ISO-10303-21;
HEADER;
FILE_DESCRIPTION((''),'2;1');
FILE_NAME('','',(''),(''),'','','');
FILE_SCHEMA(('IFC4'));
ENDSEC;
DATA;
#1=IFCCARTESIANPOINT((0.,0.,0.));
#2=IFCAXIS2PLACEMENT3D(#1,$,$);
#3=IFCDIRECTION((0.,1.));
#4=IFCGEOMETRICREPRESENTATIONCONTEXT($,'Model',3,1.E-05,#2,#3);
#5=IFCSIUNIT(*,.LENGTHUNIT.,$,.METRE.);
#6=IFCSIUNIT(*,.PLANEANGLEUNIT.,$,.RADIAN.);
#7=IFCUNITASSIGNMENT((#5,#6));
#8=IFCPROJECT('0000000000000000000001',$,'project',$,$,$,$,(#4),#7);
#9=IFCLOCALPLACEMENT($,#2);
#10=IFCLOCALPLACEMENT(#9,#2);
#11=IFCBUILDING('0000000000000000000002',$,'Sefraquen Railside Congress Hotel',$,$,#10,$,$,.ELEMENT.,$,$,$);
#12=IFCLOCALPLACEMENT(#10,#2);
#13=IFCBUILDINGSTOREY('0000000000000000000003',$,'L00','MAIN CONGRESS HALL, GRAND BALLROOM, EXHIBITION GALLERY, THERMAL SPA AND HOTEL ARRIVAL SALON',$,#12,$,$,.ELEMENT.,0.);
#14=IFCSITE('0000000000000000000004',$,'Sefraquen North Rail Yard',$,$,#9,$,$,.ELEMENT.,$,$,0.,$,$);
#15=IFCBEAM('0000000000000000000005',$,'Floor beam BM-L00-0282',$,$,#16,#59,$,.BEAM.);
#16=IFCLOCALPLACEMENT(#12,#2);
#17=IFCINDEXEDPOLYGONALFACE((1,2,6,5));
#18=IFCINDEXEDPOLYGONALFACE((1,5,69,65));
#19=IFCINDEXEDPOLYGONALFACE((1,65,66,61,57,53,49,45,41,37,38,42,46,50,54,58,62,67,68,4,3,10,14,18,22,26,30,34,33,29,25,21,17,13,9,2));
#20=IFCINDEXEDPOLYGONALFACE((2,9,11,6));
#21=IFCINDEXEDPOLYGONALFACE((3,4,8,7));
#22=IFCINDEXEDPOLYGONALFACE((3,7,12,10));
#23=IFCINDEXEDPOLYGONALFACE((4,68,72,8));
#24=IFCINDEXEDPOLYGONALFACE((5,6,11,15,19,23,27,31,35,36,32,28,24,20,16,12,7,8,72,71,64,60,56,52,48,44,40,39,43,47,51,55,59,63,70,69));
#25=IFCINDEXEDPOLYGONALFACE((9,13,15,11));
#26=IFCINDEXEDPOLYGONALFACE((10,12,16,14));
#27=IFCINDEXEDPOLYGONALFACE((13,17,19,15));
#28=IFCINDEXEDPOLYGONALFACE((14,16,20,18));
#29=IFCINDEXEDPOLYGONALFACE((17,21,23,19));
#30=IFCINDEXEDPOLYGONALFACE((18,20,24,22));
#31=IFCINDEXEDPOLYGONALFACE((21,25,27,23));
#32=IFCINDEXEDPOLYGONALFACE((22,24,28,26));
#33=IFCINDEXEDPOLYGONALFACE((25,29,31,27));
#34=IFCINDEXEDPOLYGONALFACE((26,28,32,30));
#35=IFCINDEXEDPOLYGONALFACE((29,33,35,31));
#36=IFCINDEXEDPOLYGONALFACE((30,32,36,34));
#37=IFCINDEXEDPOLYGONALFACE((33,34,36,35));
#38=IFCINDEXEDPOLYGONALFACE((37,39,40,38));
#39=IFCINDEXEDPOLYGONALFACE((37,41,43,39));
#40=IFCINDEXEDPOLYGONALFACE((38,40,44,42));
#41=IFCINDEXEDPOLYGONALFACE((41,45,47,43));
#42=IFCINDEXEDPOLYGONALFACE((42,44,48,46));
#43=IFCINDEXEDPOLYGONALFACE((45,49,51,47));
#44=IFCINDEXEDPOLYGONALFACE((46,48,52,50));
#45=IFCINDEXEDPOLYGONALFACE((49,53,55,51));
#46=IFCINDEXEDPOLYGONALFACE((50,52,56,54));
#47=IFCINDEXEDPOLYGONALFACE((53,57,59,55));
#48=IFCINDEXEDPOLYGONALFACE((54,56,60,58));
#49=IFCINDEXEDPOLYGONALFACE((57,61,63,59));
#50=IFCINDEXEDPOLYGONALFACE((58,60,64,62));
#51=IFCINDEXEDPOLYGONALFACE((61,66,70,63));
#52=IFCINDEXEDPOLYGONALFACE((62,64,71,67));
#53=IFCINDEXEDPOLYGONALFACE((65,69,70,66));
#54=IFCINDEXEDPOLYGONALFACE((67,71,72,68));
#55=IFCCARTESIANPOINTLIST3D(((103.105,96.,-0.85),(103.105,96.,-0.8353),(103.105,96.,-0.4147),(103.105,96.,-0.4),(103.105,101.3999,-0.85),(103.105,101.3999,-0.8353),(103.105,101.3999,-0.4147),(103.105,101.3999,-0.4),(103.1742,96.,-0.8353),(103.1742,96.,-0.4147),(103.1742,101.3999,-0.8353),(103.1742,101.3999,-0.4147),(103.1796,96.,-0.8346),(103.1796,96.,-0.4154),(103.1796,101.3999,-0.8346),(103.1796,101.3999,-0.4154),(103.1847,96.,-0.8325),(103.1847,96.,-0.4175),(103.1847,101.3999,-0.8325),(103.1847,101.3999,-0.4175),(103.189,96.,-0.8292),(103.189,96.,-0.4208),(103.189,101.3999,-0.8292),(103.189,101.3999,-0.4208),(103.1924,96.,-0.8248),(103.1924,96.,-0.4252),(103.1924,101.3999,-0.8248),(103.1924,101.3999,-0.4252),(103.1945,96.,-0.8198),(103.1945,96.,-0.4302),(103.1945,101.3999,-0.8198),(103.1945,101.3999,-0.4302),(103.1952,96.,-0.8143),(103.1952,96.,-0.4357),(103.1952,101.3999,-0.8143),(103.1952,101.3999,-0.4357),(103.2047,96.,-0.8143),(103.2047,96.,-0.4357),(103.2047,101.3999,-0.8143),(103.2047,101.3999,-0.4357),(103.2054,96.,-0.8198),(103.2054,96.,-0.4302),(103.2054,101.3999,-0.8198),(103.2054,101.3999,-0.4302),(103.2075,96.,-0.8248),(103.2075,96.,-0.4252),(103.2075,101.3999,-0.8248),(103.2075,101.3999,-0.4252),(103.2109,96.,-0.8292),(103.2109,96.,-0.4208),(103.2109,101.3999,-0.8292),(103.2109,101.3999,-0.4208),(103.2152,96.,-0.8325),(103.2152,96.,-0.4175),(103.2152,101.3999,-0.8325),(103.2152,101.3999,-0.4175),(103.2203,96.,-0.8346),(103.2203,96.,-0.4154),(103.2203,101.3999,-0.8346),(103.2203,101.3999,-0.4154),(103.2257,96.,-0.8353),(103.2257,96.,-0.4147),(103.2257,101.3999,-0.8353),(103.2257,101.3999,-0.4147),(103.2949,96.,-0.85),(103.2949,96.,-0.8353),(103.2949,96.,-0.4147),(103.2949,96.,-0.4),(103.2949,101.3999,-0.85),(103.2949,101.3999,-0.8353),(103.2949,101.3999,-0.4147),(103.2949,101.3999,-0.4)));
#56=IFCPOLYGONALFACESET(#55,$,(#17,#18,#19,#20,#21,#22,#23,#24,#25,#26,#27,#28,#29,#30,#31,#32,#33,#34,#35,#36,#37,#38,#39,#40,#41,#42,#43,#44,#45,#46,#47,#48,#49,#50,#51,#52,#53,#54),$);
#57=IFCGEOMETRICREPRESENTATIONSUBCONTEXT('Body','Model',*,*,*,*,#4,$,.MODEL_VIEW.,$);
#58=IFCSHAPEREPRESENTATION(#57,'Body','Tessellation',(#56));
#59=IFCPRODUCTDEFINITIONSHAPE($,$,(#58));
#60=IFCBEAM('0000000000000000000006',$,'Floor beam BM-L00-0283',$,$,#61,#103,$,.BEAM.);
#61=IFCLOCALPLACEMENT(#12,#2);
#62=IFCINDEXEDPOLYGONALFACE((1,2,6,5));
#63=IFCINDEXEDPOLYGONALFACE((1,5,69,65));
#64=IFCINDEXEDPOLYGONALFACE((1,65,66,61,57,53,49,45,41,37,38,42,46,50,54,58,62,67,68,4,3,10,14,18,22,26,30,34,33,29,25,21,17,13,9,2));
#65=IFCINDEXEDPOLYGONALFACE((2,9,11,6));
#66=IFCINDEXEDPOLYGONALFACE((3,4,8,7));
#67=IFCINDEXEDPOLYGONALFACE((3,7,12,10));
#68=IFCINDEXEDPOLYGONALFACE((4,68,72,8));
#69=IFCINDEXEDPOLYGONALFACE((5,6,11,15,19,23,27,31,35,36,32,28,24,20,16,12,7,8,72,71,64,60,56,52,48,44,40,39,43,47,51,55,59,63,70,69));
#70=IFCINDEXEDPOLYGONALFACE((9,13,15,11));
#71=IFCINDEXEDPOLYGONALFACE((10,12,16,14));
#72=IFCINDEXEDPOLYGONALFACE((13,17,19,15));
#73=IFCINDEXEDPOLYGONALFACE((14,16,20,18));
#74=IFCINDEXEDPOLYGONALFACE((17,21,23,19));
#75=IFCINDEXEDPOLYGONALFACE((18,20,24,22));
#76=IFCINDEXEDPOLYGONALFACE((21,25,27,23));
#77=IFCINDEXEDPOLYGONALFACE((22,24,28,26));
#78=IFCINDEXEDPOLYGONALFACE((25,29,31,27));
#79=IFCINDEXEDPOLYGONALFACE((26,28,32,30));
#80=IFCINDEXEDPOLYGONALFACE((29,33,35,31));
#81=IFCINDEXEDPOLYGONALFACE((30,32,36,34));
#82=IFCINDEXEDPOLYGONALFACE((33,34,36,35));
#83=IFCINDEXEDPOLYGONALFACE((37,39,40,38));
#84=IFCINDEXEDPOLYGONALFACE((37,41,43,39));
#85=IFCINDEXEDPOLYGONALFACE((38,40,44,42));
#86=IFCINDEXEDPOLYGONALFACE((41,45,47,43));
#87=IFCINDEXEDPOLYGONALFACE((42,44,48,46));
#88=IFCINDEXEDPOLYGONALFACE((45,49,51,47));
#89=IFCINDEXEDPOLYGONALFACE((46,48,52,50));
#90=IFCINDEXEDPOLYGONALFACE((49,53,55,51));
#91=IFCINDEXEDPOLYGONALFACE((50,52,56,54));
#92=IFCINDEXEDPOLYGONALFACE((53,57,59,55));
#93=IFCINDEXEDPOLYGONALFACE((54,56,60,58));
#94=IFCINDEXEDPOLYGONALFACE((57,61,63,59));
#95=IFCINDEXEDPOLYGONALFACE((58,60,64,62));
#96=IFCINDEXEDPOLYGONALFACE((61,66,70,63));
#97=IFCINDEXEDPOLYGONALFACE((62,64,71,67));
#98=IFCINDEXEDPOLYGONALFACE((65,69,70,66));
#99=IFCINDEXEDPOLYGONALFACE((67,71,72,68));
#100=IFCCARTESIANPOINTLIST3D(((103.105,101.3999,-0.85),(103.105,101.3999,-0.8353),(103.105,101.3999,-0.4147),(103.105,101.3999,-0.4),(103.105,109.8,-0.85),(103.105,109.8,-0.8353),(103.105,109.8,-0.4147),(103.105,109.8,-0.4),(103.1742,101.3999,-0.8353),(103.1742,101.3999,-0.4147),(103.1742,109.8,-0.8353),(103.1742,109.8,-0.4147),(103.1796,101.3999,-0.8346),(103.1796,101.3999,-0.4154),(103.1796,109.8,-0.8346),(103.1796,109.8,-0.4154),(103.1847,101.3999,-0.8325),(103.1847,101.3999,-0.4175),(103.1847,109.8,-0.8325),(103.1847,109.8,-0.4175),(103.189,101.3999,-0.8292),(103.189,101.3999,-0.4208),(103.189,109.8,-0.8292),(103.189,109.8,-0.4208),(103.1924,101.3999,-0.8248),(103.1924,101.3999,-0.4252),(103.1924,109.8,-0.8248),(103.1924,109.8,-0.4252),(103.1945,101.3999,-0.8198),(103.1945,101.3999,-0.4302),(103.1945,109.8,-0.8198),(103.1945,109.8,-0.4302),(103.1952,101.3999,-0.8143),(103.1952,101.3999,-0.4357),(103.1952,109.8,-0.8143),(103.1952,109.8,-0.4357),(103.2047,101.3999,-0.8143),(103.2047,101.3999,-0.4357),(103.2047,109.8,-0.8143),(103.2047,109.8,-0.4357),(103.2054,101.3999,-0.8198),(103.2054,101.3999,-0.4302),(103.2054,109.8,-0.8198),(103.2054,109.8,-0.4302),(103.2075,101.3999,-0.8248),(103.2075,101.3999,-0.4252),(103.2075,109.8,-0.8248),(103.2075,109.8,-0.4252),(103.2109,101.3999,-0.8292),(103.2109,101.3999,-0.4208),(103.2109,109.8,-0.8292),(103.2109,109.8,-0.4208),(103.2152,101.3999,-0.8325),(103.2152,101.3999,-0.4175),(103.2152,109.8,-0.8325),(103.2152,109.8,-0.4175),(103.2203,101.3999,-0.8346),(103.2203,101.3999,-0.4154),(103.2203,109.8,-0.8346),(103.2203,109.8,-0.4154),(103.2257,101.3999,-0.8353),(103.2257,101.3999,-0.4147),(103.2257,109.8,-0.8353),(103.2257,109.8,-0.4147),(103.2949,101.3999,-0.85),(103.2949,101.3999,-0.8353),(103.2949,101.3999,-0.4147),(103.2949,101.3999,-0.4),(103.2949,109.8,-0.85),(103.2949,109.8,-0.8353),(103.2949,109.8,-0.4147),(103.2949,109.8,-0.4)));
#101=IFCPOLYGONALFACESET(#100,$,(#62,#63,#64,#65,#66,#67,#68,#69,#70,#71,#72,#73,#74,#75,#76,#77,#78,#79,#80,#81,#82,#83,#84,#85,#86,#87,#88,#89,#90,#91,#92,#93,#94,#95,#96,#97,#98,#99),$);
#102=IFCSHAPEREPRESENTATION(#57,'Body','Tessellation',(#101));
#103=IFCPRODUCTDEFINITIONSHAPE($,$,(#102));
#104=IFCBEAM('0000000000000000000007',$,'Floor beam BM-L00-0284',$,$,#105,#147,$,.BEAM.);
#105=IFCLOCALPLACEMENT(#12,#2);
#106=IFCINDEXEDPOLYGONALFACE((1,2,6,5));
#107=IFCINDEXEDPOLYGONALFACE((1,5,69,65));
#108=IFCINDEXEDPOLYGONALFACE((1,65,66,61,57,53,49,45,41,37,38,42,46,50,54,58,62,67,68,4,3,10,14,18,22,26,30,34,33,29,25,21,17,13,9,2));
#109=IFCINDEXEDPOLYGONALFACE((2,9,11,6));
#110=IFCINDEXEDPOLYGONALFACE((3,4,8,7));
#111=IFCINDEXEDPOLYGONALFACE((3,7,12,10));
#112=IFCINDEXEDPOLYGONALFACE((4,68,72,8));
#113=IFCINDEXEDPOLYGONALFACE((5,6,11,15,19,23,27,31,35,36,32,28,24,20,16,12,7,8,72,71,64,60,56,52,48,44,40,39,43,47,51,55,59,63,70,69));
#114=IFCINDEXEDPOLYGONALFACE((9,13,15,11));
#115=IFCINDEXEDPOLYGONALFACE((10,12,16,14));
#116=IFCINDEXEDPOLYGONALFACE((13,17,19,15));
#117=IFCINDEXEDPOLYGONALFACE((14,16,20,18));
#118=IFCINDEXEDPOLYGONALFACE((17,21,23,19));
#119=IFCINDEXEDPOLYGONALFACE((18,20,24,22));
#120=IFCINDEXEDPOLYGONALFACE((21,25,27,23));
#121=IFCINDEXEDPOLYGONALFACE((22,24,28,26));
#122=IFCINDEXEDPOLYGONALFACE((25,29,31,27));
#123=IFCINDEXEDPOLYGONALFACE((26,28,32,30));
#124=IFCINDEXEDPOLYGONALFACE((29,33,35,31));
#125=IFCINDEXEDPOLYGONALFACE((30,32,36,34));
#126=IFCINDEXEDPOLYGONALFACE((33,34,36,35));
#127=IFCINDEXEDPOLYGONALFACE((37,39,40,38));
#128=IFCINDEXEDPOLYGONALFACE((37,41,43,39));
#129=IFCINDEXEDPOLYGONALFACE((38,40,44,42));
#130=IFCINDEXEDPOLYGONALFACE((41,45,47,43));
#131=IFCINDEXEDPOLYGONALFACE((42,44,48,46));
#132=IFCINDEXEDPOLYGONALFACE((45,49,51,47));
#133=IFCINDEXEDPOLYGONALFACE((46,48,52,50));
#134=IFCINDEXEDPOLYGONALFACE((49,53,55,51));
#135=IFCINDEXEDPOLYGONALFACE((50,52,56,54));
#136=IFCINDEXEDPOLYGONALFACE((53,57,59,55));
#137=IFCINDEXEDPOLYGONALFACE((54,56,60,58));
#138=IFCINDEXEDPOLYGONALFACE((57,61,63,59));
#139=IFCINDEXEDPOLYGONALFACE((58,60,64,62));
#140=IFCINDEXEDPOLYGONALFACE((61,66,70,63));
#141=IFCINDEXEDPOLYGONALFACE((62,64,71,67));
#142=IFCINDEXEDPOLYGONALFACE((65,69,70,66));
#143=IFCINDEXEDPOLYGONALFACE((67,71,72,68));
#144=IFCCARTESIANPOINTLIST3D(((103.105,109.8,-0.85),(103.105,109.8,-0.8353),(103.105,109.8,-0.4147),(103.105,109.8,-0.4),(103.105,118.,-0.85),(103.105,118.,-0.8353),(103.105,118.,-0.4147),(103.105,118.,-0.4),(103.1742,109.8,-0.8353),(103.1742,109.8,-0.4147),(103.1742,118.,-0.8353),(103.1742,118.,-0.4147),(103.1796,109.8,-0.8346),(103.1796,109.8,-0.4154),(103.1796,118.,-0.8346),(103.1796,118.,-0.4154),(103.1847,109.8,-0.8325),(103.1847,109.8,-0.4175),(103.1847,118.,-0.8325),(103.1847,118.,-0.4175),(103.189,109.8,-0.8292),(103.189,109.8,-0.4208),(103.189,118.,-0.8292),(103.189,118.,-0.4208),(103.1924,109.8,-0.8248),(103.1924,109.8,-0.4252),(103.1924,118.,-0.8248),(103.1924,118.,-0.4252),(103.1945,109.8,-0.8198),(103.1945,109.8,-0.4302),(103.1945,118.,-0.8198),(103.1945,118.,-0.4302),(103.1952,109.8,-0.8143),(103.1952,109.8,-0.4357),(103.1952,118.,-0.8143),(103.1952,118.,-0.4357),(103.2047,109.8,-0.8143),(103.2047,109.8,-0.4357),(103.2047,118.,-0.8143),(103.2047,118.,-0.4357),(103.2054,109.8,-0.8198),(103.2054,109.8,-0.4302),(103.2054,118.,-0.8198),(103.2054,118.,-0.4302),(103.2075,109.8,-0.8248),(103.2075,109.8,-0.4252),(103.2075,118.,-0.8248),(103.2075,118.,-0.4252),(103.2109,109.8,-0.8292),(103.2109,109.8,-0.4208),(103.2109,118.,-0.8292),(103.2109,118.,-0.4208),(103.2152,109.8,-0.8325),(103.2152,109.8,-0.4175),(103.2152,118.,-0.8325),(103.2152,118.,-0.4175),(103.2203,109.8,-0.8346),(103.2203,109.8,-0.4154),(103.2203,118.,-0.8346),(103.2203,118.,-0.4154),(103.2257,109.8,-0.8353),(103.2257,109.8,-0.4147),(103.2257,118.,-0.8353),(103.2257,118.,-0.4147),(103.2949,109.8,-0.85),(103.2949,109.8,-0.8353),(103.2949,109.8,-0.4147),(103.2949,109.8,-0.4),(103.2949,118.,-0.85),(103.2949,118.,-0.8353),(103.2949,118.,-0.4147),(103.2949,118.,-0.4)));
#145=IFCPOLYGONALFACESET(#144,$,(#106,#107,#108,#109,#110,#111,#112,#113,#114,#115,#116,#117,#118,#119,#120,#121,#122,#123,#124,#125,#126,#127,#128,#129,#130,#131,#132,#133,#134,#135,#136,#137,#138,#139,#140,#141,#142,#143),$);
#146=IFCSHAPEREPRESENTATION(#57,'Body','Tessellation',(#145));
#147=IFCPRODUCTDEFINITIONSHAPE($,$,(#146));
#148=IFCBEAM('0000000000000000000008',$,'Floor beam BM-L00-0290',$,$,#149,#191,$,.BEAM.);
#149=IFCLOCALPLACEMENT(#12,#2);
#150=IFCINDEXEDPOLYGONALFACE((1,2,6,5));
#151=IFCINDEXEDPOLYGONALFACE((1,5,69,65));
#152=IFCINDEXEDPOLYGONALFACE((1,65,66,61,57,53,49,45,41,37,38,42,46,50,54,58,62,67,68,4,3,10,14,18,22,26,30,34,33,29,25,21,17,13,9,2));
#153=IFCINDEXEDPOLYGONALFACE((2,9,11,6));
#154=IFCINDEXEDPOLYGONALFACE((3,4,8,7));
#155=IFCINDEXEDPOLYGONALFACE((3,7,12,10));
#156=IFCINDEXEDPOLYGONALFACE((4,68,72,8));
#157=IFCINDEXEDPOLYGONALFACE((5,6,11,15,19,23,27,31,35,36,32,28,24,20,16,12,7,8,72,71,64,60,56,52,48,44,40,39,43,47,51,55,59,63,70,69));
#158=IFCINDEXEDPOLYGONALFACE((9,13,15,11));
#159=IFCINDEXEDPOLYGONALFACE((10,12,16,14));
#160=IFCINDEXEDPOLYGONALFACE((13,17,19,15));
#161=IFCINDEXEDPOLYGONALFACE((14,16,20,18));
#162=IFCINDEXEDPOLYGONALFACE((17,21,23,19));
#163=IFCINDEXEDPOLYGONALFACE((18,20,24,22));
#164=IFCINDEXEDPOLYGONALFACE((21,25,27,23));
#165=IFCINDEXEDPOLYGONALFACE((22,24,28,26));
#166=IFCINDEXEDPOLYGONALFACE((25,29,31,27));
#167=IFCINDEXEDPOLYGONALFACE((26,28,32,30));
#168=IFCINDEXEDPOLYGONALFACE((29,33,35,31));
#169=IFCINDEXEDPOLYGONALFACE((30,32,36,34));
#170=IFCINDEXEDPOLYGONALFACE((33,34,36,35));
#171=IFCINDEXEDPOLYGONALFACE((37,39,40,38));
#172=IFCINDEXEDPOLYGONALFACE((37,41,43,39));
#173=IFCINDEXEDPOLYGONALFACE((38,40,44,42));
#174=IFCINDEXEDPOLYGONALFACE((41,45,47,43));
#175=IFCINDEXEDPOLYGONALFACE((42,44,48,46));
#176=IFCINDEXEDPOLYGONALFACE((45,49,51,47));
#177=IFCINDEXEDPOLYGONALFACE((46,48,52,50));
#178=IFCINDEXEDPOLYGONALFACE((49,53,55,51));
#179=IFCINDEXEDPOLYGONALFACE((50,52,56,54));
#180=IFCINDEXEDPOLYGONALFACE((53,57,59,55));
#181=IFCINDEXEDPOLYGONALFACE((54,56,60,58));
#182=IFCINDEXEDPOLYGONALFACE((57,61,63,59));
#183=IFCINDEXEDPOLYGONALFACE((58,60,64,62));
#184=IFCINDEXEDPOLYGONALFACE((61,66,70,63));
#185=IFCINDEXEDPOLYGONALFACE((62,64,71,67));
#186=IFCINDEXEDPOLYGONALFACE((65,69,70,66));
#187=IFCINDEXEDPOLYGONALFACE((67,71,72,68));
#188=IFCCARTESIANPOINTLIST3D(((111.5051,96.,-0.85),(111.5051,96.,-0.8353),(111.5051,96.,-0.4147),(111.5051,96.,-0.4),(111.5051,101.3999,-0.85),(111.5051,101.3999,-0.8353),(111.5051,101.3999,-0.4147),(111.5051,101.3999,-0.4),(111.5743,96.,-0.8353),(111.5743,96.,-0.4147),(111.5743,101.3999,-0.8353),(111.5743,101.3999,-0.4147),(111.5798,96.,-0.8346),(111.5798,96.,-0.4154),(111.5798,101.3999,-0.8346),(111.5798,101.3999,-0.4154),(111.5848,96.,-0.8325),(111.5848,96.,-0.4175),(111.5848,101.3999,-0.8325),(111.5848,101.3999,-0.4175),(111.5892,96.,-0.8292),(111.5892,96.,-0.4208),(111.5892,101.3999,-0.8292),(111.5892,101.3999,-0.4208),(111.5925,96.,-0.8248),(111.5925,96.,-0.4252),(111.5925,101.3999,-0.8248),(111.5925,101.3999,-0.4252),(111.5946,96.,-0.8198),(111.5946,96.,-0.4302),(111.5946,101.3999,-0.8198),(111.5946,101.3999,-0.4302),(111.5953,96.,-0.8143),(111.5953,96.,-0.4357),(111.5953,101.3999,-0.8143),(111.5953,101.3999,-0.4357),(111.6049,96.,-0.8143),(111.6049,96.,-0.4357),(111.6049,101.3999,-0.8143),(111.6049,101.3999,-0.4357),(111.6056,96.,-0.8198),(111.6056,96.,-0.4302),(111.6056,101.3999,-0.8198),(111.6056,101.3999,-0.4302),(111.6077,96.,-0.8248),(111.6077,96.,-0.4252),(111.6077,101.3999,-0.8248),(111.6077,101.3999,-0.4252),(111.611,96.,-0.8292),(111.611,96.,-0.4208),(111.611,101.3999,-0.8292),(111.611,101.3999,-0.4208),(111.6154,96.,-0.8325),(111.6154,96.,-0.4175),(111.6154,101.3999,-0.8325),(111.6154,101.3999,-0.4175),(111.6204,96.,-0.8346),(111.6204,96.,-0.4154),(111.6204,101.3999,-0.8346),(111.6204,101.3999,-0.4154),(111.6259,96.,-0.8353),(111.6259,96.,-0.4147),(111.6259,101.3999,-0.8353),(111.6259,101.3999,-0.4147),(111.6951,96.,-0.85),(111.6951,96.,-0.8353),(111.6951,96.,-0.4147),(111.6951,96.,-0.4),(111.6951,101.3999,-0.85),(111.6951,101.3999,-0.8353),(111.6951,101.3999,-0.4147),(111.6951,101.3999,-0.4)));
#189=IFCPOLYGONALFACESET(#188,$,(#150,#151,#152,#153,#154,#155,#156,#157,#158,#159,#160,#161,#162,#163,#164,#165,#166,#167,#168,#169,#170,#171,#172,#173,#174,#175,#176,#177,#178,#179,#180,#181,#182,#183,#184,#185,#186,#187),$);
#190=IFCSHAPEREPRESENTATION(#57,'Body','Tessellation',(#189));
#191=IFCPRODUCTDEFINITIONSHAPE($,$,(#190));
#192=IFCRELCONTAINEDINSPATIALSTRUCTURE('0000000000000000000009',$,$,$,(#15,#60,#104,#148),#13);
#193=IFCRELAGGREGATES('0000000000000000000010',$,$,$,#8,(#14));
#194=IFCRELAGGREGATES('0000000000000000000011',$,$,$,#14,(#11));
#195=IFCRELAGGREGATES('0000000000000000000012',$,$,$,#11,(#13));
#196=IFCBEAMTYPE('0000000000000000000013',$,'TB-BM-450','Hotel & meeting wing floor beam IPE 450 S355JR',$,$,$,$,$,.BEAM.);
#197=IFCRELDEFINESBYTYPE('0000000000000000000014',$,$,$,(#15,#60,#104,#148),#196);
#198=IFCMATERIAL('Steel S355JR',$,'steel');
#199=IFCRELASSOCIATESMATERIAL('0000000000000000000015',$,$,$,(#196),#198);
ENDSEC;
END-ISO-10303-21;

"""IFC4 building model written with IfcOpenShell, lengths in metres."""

from ifc_helpers import new_model, si_unit, direction, frame, origin, origin_2d, place, context, subcontext, project, spatial, i_section, extrude, material, material_profile, profile_set, type_object, element, save


model = new_model("IFC4")

# Units and contexts
model_context = context("Model", 3, precision=1e-05, world=origin(), true_north=direction((0.0, 1.0)))
body_context = subcontext(model_context, "Body", "Model", "MODEL_VIEW")
ifc_project = project(units=[si_unit("LENGTHUNIT", "METRE"), si_unit("PLANEANGLEUNIT", "RADIAN")], contexts=[model_context])

# Site, building, storey
site_placement = place(None, origin())
site = spatial("IfcSite", under=ifc_project, at=site_placement, Name="Sefraquen North Rail Yard", CompositionType="ELEMENT", RefElevation=0.0)
building_placement = place(site_placement, origin())
building = spatial("IfcBuilding", under=site, at=building_placement, Name="Sefraquen Railside Congress Hotel", CompositionType="ELEMENT")
storey_placement = place(building_placement, origin())
storey = spatial("IfcBuildingStorey", under=building, at=storey_placement, Name="L00", Description="MAIN CONGRESS HALL, GRAND BALLROOM, EXHIBITION GALLERY, THERMAL SPA AND HOTEL ARRIVAL SALON", CompositionType="ELEMENT", Elevation=0.0)

# Shared definitions
ifc_material_1 = material(Name="Steel S355JR", Category="steel")

# Beams
ifc_material_profile_1 = material_profile(ifc_material_1, i_section(OverallWidth=0.1899, OverallDepth=0.45, WebThickness=0.0095, FlangeThickness=0.0146, FilletRadius=0.021, at=origin_2d()), Name="IPE 450")
ifc_profile_set_1 = profile_set([ifc_material_profile_1], Name="Steel S355JR")
beam_type_1 = type_object("IfcBeamType", Name="TB-BM-450", Description="Hotel & meeting wing floor beam IPE 450 S355JR", PredefinedType="BEAM", material=ifc_profile_set_1)
beam_1_placement = place(storey_placement, frame((103.2, 96.0, -0.625), z_axis=(0.0, 1.0, 0.0), x_axis=(-1.0, 0.0, 0.0)))
element("IfcBeam", 1, at=beam_1_placement, inside=storey, type_object=beam_type_1, Name="Floor beam BM-L00-0282", PredefinedType="BEAM", context=body_context, shape_type="SweptSolid", body=[
    extrude(i_section(OverallWidth=0.1899, OverallDepth=0.45, WebThickness=0.0095, FlangeThickness=0.0146, FilletRadius=0.021, at=origin_2d()), origin(), (0.0, 0.0, 1.0), 5.3999),
])
beam_2_placement = place(storey_placement, frame((103.2, 101.3999, -0.625), z_axis=(0.0, 1.0, 0.0), x_axis=(-1.0, 0.0, 0.0)))
element("IfcBeam", 2, at=beam_2_placement, inside=storey, type_object=beam_type_1, Name="Floor beam BM-L00-0283", PredefinedType="BEAM", context=body_context, shape_type="SweptSolid", body=[
    extrude(i_section(OverallWidth=0.1899, OverallDepth=0.45, WebThickness=0.0095, FlangeThickness=0.0146, FilletRadius=0.021, at=origin_2d()), origin(), (0.0, 0.0, 1.0), 8.4001),
])
beam_3_placement = place(storey_placement, frame((103.2, 109.8, -0.625), z_axis=(0.0, 1.0, 0.0), x_axis=(-1.0, 0.0, 0.0)))
element("IfcBeam", 3, at=beam_3_placement, inside=storey, type_object=beam_type_1, Name="Floor beam BM-L00-0284", PredefinedType="BEAM", context=body_context, shape_type="SweptSolid", body=[
    extrude(i_section(OverallWidth=0.1899, OverallDepth=0.45, WebThickness=0.0095, FlangeThickness=0.0146, FilletRadius=0.021, at=origin_2d()), origin(), (0.0, 0.0, 1.0), 8.2),
])
beam_4_placement = place(storey_placement, frame((111.6001, 96.0, -0.625), z_axis=(0.0, 1.0, 0.0), x_axis=(-1.0, 0.0, 0.0)))
element("IfcBeam", 4, at=beam_4_placement, inside=storey, type_object=beam_type_1, Name="Floor beam BM-L00-0290", PredefinedType="BEAM", context=body_context, shape_type="SweptSolid", body=[
    extrude(i_section(OverallWidth=0.1899, OverallDepth=0.45, WebThickness=0.0095, FlangeThickness=0.0146, FilletRadius=0.021, at=origin_2d()), origin(), (0.0, 0.0, 1.0), 5.3999),
])

save(model, "model.ifc")
